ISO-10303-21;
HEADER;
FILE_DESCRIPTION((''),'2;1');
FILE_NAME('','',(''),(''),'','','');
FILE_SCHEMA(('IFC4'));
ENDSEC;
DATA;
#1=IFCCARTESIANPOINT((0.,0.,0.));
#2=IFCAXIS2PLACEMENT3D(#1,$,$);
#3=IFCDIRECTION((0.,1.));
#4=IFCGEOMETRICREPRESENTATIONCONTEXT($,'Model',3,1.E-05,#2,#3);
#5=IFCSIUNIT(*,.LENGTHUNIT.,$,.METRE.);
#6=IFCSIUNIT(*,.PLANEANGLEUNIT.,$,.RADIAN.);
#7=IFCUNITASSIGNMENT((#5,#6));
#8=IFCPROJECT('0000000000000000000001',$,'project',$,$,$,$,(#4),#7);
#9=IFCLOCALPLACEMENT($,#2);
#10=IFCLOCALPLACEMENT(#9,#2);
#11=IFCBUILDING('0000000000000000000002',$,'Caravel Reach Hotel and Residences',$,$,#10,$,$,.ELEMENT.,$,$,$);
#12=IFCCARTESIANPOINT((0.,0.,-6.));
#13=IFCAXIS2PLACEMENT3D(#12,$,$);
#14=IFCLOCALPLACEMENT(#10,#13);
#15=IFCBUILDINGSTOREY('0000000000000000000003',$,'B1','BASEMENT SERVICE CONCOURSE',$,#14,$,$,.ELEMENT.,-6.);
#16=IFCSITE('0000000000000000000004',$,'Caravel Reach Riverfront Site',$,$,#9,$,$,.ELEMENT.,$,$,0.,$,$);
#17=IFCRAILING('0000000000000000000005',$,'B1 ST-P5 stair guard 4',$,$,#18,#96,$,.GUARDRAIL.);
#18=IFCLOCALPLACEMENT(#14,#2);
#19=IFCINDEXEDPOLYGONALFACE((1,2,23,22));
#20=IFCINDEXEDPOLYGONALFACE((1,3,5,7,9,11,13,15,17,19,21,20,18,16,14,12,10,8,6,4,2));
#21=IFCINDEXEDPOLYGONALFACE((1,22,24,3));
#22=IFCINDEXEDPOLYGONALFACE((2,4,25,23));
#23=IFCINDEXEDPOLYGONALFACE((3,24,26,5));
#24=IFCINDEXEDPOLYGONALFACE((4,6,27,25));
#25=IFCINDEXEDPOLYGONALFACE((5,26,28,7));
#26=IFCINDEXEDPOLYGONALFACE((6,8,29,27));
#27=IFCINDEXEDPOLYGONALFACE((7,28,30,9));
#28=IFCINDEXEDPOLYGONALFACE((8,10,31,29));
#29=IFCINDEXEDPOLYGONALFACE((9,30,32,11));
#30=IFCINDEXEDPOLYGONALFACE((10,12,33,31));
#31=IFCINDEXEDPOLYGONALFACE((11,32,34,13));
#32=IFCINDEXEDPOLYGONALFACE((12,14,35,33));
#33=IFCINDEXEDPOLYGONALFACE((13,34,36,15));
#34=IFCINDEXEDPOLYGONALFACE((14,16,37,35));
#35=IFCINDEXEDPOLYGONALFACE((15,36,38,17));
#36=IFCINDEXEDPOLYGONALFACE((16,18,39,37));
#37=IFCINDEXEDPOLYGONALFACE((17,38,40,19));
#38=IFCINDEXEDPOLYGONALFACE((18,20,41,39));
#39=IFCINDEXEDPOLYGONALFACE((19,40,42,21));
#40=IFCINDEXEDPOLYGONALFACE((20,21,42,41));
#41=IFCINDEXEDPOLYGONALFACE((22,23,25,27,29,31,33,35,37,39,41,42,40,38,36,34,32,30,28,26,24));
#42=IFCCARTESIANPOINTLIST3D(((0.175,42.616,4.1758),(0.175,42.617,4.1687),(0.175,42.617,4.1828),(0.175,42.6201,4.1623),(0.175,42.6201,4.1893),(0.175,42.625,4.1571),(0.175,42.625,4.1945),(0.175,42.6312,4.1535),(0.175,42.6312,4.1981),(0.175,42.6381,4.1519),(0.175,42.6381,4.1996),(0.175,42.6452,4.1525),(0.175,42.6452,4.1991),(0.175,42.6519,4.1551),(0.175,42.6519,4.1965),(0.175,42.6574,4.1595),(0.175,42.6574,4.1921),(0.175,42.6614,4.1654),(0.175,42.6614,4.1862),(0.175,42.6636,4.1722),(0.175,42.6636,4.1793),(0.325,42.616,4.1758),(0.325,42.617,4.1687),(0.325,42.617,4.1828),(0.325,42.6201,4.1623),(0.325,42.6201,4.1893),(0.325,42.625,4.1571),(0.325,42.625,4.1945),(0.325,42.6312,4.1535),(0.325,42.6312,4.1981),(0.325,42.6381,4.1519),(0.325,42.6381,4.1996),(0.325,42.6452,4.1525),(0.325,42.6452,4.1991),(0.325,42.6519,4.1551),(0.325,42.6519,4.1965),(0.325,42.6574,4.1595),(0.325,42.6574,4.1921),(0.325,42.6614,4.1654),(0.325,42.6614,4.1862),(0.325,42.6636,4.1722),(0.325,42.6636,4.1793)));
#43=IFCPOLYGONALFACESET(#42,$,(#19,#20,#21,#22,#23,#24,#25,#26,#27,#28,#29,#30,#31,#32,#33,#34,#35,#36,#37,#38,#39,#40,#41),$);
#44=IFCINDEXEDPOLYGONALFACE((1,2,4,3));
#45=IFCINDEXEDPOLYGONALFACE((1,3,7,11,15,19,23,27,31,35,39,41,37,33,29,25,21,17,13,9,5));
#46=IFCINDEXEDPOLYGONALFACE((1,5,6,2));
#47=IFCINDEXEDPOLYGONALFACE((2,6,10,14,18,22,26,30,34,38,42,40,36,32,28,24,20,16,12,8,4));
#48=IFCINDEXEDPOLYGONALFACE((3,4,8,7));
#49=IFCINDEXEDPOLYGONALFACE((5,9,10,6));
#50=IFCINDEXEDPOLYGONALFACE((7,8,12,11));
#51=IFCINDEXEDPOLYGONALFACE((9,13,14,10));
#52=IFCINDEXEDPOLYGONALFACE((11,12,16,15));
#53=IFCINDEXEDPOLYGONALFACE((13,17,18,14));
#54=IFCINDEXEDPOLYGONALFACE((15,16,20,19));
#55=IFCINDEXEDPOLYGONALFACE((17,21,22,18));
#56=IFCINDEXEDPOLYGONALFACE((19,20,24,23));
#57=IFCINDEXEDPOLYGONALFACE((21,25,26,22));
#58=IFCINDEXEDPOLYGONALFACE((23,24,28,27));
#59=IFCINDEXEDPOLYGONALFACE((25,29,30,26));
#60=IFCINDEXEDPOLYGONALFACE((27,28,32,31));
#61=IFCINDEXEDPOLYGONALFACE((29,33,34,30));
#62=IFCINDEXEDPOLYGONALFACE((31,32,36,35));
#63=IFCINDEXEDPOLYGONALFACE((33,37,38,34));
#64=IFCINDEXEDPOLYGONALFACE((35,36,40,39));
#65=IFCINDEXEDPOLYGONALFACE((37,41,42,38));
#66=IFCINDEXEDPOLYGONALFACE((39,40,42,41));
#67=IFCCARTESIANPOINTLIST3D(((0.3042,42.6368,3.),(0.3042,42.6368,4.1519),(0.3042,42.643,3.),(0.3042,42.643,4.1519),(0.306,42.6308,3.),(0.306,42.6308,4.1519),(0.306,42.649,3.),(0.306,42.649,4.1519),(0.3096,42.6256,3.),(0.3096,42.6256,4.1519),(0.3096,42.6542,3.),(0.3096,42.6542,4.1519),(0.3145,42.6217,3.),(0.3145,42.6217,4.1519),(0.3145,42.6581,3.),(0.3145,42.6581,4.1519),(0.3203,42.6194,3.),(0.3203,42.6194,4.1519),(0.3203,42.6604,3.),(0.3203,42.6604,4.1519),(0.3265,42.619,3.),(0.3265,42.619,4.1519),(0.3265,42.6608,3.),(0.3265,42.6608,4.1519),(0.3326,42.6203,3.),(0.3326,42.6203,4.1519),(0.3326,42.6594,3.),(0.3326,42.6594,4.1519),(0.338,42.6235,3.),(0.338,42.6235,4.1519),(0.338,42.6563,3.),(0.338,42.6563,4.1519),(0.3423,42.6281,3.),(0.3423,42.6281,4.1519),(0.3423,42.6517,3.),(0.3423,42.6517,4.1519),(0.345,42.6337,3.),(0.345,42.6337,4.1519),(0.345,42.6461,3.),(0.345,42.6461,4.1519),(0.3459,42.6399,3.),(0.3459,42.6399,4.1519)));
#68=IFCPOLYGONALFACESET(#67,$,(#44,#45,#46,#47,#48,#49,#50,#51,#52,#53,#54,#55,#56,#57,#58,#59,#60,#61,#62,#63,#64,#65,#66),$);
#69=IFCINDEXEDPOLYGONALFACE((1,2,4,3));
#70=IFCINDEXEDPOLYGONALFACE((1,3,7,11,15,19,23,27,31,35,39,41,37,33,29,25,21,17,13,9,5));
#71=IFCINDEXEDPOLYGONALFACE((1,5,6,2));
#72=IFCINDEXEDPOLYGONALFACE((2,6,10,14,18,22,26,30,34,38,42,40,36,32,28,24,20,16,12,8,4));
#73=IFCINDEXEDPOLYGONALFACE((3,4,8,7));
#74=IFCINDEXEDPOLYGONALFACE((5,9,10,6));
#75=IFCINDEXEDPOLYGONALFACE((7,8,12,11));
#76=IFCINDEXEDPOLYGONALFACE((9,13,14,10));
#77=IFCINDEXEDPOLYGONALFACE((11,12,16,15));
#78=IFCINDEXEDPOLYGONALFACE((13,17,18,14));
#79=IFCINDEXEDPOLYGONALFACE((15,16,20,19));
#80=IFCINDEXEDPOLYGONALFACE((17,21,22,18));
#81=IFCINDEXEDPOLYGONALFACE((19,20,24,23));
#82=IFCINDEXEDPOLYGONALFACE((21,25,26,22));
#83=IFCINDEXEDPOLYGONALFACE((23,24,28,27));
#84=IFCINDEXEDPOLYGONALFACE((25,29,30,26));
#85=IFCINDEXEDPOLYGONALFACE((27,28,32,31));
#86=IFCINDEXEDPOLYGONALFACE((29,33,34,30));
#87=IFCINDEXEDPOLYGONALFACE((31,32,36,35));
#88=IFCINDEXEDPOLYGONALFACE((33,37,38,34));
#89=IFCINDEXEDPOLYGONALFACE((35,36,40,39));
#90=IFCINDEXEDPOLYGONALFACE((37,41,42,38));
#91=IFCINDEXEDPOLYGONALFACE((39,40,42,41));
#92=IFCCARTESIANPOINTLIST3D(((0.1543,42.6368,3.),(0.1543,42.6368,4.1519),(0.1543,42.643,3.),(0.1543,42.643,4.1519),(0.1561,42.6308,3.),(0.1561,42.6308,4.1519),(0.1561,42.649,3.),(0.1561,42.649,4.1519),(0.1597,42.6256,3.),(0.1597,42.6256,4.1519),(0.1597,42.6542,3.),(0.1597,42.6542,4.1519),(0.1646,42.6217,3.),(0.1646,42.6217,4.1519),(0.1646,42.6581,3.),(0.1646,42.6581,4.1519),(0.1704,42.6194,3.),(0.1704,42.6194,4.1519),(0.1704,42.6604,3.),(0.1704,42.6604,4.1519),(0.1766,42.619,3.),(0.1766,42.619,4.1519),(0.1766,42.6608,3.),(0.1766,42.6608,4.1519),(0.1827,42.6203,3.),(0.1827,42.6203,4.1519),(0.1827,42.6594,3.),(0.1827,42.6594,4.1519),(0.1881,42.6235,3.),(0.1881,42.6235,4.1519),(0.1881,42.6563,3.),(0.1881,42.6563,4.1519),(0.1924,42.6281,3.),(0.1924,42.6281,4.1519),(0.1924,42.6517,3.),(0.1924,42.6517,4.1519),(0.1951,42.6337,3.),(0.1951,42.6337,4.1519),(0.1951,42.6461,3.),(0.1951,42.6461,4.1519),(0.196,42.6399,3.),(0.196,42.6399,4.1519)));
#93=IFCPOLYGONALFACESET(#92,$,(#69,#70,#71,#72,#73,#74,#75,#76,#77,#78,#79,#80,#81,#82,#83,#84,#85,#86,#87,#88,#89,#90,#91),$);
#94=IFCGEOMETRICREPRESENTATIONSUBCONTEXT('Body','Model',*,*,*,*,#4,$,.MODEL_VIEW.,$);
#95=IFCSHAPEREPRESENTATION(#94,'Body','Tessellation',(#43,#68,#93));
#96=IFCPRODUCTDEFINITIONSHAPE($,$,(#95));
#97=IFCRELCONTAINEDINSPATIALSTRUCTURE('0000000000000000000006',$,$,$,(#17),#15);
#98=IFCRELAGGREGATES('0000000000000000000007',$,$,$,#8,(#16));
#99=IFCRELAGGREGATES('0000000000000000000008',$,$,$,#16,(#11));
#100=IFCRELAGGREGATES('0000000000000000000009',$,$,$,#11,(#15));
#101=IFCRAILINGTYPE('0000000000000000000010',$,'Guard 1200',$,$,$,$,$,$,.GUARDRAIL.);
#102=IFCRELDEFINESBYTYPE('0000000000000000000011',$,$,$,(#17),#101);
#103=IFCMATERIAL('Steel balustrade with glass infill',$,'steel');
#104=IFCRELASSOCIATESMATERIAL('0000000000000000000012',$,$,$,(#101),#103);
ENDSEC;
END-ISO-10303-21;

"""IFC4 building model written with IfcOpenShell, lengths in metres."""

from ifc_helpers import new_model, si_unit, direction, frame, origin, origin_2d, place, context, subcontext, project, spatial, circle, extrude, material, type_object, element, save


model = new_model("IFC4")

# Units and contexts
model_context = context("Model", 3, precision=1e-05, world=origin(), true_north=direction((0.0, 1.0)))
body_context = subcontext(model_context, "Body", "Model", "MODEL_VIEW")
ifc_project = project(units=[si_unit("LENGTHUNIT", "METRE"), si_unit("PLANEANGLEUNIT", "RADIAN")], contexts=[model_context])

# Site, building, storey
site_placement = place(None, origin())
site = spatial("IfcSite", under=ifc_project, at=site_placement, Name="Caravel Reach Riverfront Site", CompositionType="ELEMENT", RefElevation=0.0)
building_placement = place(site_placement, origin())
building = spatial("IfcBuilding", under=site, at=building_placement, Name="Caravel Reach Hotel and Residences", CompositionType="ELEMENT")
storey_placement = place(building_placement, frame((0.0, 0.0, -6.0)))
storey = spatial("IfcBuildingStorey", under=building, at=storey_placement, Name="B1", Description="BASEMENT SERVICE CONCOURSE", CompositionType="ELEMENT", Elevation=-6.0)

# Railing
ifc_material_1 = material(Name="Steel balustrade with glass infill", Category="steel")
railing_type_1 = type_object("IfcRailingType", Name="Guard 1200", PredefinedType="GUARDRAIL", material=ifc_material_1)
railing_1_placement = place(storey_placement, frame((0.325, 42.6399, 3.0)))
element("IfcRailing", 1, at=railing_1_placement, inside=storey, type_object=railing_type_1, Name="B1 ST-P5 stair guard 4", PredefinedType="GUARDRAIL", context=body_context, shape_type="SweptSolid", body=[
    extrude(circle(Radius=0.0239, at=origin_2d()), frame((0.0, 0.0, 1.1758), z_axis=(-1.0, 0.0, 0.0), x_axis=(0.0, -1.0, 0.0)), (0.0, 0.0, 1.0), 0.1499),
    extrude(circle(Radius=0.021, at=origin_2d()), origin(), (0.0, 0.0, 1.0), 1.1519),
    extrude(circle(Radius=0.021, at=origin_2d()), frame((-0.1499, 0.0, 0.0)), (0.0, 0.0, 1.0), 1.1519),
])

save(model, "model.ifc")
